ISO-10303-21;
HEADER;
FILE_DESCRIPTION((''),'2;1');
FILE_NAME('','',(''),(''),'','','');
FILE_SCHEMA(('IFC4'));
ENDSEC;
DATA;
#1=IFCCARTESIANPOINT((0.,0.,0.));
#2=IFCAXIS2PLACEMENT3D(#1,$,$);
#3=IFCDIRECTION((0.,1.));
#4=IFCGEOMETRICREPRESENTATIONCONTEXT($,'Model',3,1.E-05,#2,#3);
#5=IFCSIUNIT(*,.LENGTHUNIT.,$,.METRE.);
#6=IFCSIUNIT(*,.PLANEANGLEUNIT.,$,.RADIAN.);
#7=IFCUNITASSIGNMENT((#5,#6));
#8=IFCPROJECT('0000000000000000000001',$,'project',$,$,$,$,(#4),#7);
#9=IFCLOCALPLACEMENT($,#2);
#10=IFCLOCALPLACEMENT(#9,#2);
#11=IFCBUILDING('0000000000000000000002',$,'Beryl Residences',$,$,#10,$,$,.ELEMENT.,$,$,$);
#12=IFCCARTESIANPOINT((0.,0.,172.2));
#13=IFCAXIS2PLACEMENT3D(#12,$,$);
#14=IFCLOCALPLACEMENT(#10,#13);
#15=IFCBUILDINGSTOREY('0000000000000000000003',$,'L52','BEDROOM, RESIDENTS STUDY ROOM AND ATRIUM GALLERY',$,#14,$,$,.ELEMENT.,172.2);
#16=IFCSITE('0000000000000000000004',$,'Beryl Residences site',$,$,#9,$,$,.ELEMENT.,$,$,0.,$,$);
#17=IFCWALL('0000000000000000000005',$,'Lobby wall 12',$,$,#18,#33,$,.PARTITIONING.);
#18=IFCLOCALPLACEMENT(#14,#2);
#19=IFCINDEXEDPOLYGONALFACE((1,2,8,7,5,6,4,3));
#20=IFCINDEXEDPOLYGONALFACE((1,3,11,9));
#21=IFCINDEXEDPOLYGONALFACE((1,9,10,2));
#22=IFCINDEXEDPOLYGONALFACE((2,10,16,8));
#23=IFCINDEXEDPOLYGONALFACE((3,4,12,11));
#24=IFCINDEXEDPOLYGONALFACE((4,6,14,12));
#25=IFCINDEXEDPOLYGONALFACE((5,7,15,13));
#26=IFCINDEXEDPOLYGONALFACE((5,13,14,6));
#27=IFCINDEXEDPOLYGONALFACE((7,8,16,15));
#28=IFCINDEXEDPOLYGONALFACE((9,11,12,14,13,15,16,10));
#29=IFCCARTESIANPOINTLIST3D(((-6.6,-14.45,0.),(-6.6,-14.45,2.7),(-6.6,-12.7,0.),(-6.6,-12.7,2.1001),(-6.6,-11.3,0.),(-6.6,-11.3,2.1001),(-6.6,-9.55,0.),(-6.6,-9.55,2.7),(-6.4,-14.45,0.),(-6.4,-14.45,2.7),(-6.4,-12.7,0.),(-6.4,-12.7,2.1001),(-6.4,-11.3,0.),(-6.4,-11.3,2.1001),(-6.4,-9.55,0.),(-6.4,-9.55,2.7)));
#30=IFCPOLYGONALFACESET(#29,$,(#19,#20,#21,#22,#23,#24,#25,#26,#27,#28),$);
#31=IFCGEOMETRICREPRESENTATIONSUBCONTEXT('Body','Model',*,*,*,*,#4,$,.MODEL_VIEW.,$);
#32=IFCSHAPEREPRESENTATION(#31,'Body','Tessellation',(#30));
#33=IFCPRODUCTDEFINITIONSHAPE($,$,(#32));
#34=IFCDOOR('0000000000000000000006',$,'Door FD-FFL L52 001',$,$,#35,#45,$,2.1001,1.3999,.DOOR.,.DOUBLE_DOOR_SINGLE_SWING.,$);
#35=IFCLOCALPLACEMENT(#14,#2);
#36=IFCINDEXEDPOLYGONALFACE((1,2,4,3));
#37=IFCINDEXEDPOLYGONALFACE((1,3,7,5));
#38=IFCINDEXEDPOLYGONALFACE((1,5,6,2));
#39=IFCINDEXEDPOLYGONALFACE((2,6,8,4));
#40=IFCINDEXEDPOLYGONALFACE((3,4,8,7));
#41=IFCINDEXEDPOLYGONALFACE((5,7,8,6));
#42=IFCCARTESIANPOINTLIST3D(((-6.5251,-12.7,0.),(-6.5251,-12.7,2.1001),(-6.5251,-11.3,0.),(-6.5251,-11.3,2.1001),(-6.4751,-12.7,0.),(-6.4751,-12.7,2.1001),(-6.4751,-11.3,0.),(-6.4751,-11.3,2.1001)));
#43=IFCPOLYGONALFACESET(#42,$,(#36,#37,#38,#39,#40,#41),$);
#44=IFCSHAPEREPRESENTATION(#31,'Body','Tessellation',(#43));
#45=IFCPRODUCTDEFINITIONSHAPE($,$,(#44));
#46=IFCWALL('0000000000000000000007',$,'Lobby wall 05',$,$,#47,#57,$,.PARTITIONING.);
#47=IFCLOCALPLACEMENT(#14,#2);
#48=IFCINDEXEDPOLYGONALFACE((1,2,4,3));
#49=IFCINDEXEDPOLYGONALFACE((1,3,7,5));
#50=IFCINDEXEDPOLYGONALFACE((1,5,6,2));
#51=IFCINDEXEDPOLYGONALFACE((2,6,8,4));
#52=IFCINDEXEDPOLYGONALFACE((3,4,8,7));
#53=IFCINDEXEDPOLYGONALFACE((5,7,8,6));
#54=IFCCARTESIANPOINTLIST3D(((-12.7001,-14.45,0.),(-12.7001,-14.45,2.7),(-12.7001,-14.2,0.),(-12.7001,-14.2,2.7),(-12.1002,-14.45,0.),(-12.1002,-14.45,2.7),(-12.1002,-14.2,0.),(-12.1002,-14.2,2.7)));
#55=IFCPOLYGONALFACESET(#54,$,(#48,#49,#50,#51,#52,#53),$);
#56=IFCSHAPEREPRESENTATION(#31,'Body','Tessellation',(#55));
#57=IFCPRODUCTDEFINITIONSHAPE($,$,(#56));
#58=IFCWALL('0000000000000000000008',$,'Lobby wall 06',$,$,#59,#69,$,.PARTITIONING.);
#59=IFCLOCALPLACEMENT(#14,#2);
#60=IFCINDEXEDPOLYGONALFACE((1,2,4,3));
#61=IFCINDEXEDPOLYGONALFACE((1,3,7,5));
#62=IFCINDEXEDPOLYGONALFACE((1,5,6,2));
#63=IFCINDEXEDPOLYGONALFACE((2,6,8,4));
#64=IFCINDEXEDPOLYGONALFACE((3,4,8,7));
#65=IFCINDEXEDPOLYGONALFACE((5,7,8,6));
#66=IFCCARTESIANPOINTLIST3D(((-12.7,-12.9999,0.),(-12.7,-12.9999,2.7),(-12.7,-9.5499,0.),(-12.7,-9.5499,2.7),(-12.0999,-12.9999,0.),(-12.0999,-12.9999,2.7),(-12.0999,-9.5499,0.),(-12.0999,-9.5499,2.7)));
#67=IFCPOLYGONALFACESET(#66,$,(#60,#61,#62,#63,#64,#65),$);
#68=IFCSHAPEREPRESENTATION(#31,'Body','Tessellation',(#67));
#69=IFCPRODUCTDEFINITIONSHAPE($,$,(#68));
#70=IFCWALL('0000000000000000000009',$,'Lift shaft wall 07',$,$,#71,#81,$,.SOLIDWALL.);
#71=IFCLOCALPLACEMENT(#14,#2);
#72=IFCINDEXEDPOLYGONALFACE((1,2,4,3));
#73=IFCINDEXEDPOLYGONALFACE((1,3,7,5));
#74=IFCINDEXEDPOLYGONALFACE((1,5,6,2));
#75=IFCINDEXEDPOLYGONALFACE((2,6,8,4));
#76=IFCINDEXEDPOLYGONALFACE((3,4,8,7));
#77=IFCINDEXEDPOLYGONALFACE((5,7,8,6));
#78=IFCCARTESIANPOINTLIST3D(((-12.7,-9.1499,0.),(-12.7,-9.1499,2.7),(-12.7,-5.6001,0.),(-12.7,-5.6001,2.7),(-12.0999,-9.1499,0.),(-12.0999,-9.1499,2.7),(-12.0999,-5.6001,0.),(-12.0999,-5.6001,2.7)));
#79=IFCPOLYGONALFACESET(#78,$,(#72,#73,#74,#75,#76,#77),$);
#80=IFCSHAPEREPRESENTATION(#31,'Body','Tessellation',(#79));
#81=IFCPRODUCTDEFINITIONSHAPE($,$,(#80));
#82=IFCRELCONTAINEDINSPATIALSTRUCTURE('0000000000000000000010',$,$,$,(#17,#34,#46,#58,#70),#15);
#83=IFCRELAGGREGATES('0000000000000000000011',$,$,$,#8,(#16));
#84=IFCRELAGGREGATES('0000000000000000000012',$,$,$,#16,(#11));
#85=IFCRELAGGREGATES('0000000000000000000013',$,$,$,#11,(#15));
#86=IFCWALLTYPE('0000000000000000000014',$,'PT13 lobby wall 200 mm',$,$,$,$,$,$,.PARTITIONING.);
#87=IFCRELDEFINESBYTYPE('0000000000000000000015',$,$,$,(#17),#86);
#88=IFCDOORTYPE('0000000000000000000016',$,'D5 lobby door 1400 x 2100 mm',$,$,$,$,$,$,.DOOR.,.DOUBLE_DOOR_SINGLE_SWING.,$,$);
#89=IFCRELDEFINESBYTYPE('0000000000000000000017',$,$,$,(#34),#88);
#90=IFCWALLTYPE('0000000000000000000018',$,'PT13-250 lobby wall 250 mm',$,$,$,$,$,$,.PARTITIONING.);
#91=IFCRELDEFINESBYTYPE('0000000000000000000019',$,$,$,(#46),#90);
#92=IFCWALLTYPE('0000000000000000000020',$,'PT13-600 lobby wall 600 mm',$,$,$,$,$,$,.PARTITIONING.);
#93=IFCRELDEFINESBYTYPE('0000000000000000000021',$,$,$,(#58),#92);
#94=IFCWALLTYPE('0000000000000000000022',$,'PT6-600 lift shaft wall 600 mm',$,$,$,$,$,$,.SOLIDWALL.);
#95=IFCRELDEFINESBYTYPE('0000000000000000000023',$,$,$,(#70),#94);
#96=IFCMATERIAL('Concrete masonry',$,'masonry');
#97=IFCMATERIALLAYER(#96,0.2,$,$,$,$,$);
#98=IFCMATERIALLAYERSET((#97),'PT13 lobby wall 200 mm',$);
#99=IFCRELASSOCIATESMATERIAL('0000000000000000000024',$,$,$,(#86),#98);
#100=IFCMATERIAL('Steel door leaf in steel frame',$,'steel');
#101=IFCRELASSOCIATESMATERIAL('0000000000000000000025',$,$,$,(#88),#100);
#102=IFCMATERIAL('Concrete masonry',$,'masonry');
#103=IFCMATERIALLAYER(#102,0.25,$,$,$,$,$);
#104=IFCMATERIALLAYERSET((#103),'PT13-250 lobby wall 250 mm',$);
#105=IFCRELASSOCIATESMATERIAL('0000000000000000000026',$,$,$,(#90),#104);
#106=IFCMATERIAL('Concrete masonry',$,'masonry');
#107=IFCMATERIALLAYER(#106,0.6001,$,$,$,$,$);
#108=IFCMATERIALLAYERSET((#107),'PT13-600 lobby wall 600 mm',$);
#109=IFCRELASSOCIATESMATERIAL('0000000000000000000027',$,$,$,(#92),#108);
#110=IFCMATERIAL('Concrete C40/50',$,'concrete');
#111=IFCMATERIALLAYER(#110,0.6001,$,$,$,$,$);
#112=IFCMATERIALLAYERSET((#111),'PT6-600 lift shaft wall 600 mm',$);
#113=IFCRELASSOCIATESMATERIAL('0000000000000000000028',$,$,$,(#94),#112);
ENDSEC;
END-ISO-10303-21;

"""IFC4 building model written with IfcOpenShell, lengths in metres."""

from ifc_helpers import new_model, si_unit, direction, frame, frame_2d, origin, place, context, subcontext, project, spatial, rectangle, extrude, material, layer, layer_set, type_object, element, fill, save


model = new_model("IFC4")

# Units and contexts
model_context = context("Model", 3, precision=1e-05, world=origin(), true_north=direction((0.0, 1.0)))
body_context = subcontext(model_context, "Body", "Model", "MODEL_VIEW")
ifc_project = project(units=[si_unit("LENGTHUNIT", "METRE"), si_unit("PLANEANGLEUNIT", "RADIAN")], contexts=[model_context])

# Site, building, storey
site_placement = place(None, origin())
site = spatial("IfcSite", under=ifc_project, at=site_placement, Name="Beryl Residences site", CompositionType="ELEMENT", RefElevation=0.0)
building_placement = place(site_placement, origin())
building = spatial("IfcBuilding", under=site, at=building_placement, Name="Beryl Residences", CompositionType="ELEMENT")
storey_placement = place(building_placement, frame((0.0, 0.0, 172.2)))
storey = spatial("IfcBuildingStorey", under=building, at=storey_placement, Name="L52", Description="BEDROOM, RESIDENTS STUDY ROOM AND ATRIUM GALLERY", CompositionType="ELEMENT", Elevation=172.2)

# Wall, opening, door
ifc_material_1 = material(Name="Concrete masonry", Category="masonry")
ifc_layer_1 = layer(ifc_material_1, 0.2)
ifc_layer_set_1 = layer_set([ifc_layer_1], Name="PT13 lobby wall 200 mm")
wall_type_1 = type_object("IfcWallType", Name="PT13 lobby wall 200 mm", PredefinedType="PARTITIONING", material=ifc_layer_set_1)
wall_1_placement = place(storey_placement, frame((-6.5, -14.45, 0.0), z_axis=(0.0, 0.0, 1.0), x_axis=(0.0, 1.0, 0.0)))
wall_1 = element("IfcWall", 1, at=wall_1_placement, inside=storey, type_object=wall_type_1, Name="Lobby wall 12", PredefinedType="PARTITIONING", context=body_context, shape_type="SweptSolid", body=[
    extrude(rectangle(XDim=4.8999, YDim=0.2, at=frame_2d((2.45, 0.0))), origin(), (0.0, 0.0, 1.0), 2.7),
])
opening_1_placement = place(wall_1_placement, frame((3.1499, 0.0, 0.0), z_axis=(0.0, 0.0, 1.0), x_axis=(-1.0, 0.0, 0.0)))
opening_1 = element("IfcOpeningElement", 2, at=opening_1_placement, cuts=wall_1, PredefinedType="OPENING", context=body_context, shape_type="SweptSolid", body=[
    extrude(rectangle(XDim=1.3999, YDim=2.1001, at=frame_2d((0.7, 1.05))), frame((0.0, 0.1099, 0.0), z_axis=(0.0, -1.0, 0.0), x_axis=(1.0, 0.0, 0.0)), (0.0, 0.0, 1.0), 0.22),
])
ifc_material_2 = material(Name="Steel door leaf in steel frame", Category="steel")
door_type_1 = type_object("IfcDoorType", Name="D5 lobby door 1400 x 2100 mm", OperationType="DOUBLE_DOOR_SINGLE_SWING", PredefinedType="DOOR", material=ifc_material_2)
door_1_placement = place(opening_1_placement, origin())
door_1 = element("IfcDoor", 3, at=door_1_placement, inside=storey, type_object=door_type_1, Name="Door FD-FFL L52 001", OperationType="DOUBLE_DOOR_SINGLE_SWING", OverallHeight=2.1001, OverallWidth=1.3999, PredefinedType="DOOR", context=body_context, shape_type="SweptSolid", body=[
    extrude(rectangle(XDim=1.3999, YDim=2.1001, at=frame_2d((0.7, 1.05))), frame((0.0, 0.0249, 0.0), z_axis=(0.0, -1.0, 0.0), x_axis=(1.0, 0.0, 0.0)), (0.0, 0.0, 1.0), 0.05),
])
fill(opening_1, door_1)

# Walls
ifc_material_3 = material(Name="Concrete masonry", Category="masonry")
ifc_layer_2 = layer(ifc_material_3, 0.25)
ifc_layer_set_2 = layer_set([ifc_layer_2], Name="PT13-250 lobby wall 250 mm")
wall_type_2 = type_object("IfcWallType", Name="PT13-250 lobby wall 250 mm", PredefinedType="PARTITIONING", material=ifc_layer_set_2)
wall_2_placement = place(storey_placement, frame((-12.7, -14.325, 0.0), z_axis=(0.0, 0.0, 1.0), x_axis=(1.0, 0.0, 0.0)))
element("IfcWall", 4, at=wall_2_placement, inside=storey, type_object=wall_type_2, Name="Lobby wall 05", PredefinedType="PARTITIONING", context=body_context, shape_type="SweptSolid", body=[
    extrude(rectangle(XDim=0.5999, YDim=0.25, at=frame_2d((0.2998, 0.0))), origin(), (0.0, 0.0, 1.0), 2.7),
])
ifc_material_4 = material(Name="Concrete masonry", Category="masonry")
ifc_layer_3 = layer(ifc_material_4, 0.6001)
ifc_layer_set_3 = layer_set([ifc_layer_3], Name="PT13-600 lobby wall 600 mm")
wall_type_3 = type_object("IfcWallType", Name="PT13-600 lobby wall 600 mm", PredefinedType="PARTITIONING", material=ifc_layer_set_3)
wall_3_placement = place(storey_placement, frame((-12.3999, -13.0, 0.0), z_axis=(0.0, 0.0, 1.0), x_axis=(0.0, 1.0, 0.0)))
element("IfcWall", 5, at=wall_3_placement, inside=storey, type_object=wall_type_3, Name="Lobby wall 06", PredefinedType="PARTITIONING", context=body_context, shape_type="SweptSolid", body=[
    extrude(rectangle(XDim=3.45, YDim=0.6001, at=frame_2d((1.7251, 0.0))), origin(), (0.0, 0.0, 1.0), 2.7),
])
ifc_material_5 = material(Name="Concrete C40/50", Category="concrete")
ifc_layer_4 = layer(ifc_material_5, 0.6001)
ifc_layer_set_4 = layer_set([ifc_layer_4], Name="PT6-600 lift shaft wall 600 mm")
wall_type_4 = type_object("IfcWallType", Name="PT6-600 lift shaft wall 600 mm", PredefinedType="SOLIDWALL", material=ifc_layer_set_4)
wall_4_placement = place(storey_placement, frame((-12.3999, -9.1499, 0.0), z_axis=(0.0, 0.0, 1.0), x_axis=(0.0, 1.0, 0.0)))
element("IfcWall", 6, at=wall_4_placement, inside=storey, type_object=wall_type_4, Name="Lift shaft wall 07", PredefinedType="SOLIDWALL", context=body_context, shape_type="SweptSolid", body=[
    extrude(rectangle(XDim=3.5498, YDim=0.6001, at=frame_2d((1.7749, 0.0))), origin(), (0.0, 0.0, 1.0), 2.7),
])

save(model, "model.ifc")
